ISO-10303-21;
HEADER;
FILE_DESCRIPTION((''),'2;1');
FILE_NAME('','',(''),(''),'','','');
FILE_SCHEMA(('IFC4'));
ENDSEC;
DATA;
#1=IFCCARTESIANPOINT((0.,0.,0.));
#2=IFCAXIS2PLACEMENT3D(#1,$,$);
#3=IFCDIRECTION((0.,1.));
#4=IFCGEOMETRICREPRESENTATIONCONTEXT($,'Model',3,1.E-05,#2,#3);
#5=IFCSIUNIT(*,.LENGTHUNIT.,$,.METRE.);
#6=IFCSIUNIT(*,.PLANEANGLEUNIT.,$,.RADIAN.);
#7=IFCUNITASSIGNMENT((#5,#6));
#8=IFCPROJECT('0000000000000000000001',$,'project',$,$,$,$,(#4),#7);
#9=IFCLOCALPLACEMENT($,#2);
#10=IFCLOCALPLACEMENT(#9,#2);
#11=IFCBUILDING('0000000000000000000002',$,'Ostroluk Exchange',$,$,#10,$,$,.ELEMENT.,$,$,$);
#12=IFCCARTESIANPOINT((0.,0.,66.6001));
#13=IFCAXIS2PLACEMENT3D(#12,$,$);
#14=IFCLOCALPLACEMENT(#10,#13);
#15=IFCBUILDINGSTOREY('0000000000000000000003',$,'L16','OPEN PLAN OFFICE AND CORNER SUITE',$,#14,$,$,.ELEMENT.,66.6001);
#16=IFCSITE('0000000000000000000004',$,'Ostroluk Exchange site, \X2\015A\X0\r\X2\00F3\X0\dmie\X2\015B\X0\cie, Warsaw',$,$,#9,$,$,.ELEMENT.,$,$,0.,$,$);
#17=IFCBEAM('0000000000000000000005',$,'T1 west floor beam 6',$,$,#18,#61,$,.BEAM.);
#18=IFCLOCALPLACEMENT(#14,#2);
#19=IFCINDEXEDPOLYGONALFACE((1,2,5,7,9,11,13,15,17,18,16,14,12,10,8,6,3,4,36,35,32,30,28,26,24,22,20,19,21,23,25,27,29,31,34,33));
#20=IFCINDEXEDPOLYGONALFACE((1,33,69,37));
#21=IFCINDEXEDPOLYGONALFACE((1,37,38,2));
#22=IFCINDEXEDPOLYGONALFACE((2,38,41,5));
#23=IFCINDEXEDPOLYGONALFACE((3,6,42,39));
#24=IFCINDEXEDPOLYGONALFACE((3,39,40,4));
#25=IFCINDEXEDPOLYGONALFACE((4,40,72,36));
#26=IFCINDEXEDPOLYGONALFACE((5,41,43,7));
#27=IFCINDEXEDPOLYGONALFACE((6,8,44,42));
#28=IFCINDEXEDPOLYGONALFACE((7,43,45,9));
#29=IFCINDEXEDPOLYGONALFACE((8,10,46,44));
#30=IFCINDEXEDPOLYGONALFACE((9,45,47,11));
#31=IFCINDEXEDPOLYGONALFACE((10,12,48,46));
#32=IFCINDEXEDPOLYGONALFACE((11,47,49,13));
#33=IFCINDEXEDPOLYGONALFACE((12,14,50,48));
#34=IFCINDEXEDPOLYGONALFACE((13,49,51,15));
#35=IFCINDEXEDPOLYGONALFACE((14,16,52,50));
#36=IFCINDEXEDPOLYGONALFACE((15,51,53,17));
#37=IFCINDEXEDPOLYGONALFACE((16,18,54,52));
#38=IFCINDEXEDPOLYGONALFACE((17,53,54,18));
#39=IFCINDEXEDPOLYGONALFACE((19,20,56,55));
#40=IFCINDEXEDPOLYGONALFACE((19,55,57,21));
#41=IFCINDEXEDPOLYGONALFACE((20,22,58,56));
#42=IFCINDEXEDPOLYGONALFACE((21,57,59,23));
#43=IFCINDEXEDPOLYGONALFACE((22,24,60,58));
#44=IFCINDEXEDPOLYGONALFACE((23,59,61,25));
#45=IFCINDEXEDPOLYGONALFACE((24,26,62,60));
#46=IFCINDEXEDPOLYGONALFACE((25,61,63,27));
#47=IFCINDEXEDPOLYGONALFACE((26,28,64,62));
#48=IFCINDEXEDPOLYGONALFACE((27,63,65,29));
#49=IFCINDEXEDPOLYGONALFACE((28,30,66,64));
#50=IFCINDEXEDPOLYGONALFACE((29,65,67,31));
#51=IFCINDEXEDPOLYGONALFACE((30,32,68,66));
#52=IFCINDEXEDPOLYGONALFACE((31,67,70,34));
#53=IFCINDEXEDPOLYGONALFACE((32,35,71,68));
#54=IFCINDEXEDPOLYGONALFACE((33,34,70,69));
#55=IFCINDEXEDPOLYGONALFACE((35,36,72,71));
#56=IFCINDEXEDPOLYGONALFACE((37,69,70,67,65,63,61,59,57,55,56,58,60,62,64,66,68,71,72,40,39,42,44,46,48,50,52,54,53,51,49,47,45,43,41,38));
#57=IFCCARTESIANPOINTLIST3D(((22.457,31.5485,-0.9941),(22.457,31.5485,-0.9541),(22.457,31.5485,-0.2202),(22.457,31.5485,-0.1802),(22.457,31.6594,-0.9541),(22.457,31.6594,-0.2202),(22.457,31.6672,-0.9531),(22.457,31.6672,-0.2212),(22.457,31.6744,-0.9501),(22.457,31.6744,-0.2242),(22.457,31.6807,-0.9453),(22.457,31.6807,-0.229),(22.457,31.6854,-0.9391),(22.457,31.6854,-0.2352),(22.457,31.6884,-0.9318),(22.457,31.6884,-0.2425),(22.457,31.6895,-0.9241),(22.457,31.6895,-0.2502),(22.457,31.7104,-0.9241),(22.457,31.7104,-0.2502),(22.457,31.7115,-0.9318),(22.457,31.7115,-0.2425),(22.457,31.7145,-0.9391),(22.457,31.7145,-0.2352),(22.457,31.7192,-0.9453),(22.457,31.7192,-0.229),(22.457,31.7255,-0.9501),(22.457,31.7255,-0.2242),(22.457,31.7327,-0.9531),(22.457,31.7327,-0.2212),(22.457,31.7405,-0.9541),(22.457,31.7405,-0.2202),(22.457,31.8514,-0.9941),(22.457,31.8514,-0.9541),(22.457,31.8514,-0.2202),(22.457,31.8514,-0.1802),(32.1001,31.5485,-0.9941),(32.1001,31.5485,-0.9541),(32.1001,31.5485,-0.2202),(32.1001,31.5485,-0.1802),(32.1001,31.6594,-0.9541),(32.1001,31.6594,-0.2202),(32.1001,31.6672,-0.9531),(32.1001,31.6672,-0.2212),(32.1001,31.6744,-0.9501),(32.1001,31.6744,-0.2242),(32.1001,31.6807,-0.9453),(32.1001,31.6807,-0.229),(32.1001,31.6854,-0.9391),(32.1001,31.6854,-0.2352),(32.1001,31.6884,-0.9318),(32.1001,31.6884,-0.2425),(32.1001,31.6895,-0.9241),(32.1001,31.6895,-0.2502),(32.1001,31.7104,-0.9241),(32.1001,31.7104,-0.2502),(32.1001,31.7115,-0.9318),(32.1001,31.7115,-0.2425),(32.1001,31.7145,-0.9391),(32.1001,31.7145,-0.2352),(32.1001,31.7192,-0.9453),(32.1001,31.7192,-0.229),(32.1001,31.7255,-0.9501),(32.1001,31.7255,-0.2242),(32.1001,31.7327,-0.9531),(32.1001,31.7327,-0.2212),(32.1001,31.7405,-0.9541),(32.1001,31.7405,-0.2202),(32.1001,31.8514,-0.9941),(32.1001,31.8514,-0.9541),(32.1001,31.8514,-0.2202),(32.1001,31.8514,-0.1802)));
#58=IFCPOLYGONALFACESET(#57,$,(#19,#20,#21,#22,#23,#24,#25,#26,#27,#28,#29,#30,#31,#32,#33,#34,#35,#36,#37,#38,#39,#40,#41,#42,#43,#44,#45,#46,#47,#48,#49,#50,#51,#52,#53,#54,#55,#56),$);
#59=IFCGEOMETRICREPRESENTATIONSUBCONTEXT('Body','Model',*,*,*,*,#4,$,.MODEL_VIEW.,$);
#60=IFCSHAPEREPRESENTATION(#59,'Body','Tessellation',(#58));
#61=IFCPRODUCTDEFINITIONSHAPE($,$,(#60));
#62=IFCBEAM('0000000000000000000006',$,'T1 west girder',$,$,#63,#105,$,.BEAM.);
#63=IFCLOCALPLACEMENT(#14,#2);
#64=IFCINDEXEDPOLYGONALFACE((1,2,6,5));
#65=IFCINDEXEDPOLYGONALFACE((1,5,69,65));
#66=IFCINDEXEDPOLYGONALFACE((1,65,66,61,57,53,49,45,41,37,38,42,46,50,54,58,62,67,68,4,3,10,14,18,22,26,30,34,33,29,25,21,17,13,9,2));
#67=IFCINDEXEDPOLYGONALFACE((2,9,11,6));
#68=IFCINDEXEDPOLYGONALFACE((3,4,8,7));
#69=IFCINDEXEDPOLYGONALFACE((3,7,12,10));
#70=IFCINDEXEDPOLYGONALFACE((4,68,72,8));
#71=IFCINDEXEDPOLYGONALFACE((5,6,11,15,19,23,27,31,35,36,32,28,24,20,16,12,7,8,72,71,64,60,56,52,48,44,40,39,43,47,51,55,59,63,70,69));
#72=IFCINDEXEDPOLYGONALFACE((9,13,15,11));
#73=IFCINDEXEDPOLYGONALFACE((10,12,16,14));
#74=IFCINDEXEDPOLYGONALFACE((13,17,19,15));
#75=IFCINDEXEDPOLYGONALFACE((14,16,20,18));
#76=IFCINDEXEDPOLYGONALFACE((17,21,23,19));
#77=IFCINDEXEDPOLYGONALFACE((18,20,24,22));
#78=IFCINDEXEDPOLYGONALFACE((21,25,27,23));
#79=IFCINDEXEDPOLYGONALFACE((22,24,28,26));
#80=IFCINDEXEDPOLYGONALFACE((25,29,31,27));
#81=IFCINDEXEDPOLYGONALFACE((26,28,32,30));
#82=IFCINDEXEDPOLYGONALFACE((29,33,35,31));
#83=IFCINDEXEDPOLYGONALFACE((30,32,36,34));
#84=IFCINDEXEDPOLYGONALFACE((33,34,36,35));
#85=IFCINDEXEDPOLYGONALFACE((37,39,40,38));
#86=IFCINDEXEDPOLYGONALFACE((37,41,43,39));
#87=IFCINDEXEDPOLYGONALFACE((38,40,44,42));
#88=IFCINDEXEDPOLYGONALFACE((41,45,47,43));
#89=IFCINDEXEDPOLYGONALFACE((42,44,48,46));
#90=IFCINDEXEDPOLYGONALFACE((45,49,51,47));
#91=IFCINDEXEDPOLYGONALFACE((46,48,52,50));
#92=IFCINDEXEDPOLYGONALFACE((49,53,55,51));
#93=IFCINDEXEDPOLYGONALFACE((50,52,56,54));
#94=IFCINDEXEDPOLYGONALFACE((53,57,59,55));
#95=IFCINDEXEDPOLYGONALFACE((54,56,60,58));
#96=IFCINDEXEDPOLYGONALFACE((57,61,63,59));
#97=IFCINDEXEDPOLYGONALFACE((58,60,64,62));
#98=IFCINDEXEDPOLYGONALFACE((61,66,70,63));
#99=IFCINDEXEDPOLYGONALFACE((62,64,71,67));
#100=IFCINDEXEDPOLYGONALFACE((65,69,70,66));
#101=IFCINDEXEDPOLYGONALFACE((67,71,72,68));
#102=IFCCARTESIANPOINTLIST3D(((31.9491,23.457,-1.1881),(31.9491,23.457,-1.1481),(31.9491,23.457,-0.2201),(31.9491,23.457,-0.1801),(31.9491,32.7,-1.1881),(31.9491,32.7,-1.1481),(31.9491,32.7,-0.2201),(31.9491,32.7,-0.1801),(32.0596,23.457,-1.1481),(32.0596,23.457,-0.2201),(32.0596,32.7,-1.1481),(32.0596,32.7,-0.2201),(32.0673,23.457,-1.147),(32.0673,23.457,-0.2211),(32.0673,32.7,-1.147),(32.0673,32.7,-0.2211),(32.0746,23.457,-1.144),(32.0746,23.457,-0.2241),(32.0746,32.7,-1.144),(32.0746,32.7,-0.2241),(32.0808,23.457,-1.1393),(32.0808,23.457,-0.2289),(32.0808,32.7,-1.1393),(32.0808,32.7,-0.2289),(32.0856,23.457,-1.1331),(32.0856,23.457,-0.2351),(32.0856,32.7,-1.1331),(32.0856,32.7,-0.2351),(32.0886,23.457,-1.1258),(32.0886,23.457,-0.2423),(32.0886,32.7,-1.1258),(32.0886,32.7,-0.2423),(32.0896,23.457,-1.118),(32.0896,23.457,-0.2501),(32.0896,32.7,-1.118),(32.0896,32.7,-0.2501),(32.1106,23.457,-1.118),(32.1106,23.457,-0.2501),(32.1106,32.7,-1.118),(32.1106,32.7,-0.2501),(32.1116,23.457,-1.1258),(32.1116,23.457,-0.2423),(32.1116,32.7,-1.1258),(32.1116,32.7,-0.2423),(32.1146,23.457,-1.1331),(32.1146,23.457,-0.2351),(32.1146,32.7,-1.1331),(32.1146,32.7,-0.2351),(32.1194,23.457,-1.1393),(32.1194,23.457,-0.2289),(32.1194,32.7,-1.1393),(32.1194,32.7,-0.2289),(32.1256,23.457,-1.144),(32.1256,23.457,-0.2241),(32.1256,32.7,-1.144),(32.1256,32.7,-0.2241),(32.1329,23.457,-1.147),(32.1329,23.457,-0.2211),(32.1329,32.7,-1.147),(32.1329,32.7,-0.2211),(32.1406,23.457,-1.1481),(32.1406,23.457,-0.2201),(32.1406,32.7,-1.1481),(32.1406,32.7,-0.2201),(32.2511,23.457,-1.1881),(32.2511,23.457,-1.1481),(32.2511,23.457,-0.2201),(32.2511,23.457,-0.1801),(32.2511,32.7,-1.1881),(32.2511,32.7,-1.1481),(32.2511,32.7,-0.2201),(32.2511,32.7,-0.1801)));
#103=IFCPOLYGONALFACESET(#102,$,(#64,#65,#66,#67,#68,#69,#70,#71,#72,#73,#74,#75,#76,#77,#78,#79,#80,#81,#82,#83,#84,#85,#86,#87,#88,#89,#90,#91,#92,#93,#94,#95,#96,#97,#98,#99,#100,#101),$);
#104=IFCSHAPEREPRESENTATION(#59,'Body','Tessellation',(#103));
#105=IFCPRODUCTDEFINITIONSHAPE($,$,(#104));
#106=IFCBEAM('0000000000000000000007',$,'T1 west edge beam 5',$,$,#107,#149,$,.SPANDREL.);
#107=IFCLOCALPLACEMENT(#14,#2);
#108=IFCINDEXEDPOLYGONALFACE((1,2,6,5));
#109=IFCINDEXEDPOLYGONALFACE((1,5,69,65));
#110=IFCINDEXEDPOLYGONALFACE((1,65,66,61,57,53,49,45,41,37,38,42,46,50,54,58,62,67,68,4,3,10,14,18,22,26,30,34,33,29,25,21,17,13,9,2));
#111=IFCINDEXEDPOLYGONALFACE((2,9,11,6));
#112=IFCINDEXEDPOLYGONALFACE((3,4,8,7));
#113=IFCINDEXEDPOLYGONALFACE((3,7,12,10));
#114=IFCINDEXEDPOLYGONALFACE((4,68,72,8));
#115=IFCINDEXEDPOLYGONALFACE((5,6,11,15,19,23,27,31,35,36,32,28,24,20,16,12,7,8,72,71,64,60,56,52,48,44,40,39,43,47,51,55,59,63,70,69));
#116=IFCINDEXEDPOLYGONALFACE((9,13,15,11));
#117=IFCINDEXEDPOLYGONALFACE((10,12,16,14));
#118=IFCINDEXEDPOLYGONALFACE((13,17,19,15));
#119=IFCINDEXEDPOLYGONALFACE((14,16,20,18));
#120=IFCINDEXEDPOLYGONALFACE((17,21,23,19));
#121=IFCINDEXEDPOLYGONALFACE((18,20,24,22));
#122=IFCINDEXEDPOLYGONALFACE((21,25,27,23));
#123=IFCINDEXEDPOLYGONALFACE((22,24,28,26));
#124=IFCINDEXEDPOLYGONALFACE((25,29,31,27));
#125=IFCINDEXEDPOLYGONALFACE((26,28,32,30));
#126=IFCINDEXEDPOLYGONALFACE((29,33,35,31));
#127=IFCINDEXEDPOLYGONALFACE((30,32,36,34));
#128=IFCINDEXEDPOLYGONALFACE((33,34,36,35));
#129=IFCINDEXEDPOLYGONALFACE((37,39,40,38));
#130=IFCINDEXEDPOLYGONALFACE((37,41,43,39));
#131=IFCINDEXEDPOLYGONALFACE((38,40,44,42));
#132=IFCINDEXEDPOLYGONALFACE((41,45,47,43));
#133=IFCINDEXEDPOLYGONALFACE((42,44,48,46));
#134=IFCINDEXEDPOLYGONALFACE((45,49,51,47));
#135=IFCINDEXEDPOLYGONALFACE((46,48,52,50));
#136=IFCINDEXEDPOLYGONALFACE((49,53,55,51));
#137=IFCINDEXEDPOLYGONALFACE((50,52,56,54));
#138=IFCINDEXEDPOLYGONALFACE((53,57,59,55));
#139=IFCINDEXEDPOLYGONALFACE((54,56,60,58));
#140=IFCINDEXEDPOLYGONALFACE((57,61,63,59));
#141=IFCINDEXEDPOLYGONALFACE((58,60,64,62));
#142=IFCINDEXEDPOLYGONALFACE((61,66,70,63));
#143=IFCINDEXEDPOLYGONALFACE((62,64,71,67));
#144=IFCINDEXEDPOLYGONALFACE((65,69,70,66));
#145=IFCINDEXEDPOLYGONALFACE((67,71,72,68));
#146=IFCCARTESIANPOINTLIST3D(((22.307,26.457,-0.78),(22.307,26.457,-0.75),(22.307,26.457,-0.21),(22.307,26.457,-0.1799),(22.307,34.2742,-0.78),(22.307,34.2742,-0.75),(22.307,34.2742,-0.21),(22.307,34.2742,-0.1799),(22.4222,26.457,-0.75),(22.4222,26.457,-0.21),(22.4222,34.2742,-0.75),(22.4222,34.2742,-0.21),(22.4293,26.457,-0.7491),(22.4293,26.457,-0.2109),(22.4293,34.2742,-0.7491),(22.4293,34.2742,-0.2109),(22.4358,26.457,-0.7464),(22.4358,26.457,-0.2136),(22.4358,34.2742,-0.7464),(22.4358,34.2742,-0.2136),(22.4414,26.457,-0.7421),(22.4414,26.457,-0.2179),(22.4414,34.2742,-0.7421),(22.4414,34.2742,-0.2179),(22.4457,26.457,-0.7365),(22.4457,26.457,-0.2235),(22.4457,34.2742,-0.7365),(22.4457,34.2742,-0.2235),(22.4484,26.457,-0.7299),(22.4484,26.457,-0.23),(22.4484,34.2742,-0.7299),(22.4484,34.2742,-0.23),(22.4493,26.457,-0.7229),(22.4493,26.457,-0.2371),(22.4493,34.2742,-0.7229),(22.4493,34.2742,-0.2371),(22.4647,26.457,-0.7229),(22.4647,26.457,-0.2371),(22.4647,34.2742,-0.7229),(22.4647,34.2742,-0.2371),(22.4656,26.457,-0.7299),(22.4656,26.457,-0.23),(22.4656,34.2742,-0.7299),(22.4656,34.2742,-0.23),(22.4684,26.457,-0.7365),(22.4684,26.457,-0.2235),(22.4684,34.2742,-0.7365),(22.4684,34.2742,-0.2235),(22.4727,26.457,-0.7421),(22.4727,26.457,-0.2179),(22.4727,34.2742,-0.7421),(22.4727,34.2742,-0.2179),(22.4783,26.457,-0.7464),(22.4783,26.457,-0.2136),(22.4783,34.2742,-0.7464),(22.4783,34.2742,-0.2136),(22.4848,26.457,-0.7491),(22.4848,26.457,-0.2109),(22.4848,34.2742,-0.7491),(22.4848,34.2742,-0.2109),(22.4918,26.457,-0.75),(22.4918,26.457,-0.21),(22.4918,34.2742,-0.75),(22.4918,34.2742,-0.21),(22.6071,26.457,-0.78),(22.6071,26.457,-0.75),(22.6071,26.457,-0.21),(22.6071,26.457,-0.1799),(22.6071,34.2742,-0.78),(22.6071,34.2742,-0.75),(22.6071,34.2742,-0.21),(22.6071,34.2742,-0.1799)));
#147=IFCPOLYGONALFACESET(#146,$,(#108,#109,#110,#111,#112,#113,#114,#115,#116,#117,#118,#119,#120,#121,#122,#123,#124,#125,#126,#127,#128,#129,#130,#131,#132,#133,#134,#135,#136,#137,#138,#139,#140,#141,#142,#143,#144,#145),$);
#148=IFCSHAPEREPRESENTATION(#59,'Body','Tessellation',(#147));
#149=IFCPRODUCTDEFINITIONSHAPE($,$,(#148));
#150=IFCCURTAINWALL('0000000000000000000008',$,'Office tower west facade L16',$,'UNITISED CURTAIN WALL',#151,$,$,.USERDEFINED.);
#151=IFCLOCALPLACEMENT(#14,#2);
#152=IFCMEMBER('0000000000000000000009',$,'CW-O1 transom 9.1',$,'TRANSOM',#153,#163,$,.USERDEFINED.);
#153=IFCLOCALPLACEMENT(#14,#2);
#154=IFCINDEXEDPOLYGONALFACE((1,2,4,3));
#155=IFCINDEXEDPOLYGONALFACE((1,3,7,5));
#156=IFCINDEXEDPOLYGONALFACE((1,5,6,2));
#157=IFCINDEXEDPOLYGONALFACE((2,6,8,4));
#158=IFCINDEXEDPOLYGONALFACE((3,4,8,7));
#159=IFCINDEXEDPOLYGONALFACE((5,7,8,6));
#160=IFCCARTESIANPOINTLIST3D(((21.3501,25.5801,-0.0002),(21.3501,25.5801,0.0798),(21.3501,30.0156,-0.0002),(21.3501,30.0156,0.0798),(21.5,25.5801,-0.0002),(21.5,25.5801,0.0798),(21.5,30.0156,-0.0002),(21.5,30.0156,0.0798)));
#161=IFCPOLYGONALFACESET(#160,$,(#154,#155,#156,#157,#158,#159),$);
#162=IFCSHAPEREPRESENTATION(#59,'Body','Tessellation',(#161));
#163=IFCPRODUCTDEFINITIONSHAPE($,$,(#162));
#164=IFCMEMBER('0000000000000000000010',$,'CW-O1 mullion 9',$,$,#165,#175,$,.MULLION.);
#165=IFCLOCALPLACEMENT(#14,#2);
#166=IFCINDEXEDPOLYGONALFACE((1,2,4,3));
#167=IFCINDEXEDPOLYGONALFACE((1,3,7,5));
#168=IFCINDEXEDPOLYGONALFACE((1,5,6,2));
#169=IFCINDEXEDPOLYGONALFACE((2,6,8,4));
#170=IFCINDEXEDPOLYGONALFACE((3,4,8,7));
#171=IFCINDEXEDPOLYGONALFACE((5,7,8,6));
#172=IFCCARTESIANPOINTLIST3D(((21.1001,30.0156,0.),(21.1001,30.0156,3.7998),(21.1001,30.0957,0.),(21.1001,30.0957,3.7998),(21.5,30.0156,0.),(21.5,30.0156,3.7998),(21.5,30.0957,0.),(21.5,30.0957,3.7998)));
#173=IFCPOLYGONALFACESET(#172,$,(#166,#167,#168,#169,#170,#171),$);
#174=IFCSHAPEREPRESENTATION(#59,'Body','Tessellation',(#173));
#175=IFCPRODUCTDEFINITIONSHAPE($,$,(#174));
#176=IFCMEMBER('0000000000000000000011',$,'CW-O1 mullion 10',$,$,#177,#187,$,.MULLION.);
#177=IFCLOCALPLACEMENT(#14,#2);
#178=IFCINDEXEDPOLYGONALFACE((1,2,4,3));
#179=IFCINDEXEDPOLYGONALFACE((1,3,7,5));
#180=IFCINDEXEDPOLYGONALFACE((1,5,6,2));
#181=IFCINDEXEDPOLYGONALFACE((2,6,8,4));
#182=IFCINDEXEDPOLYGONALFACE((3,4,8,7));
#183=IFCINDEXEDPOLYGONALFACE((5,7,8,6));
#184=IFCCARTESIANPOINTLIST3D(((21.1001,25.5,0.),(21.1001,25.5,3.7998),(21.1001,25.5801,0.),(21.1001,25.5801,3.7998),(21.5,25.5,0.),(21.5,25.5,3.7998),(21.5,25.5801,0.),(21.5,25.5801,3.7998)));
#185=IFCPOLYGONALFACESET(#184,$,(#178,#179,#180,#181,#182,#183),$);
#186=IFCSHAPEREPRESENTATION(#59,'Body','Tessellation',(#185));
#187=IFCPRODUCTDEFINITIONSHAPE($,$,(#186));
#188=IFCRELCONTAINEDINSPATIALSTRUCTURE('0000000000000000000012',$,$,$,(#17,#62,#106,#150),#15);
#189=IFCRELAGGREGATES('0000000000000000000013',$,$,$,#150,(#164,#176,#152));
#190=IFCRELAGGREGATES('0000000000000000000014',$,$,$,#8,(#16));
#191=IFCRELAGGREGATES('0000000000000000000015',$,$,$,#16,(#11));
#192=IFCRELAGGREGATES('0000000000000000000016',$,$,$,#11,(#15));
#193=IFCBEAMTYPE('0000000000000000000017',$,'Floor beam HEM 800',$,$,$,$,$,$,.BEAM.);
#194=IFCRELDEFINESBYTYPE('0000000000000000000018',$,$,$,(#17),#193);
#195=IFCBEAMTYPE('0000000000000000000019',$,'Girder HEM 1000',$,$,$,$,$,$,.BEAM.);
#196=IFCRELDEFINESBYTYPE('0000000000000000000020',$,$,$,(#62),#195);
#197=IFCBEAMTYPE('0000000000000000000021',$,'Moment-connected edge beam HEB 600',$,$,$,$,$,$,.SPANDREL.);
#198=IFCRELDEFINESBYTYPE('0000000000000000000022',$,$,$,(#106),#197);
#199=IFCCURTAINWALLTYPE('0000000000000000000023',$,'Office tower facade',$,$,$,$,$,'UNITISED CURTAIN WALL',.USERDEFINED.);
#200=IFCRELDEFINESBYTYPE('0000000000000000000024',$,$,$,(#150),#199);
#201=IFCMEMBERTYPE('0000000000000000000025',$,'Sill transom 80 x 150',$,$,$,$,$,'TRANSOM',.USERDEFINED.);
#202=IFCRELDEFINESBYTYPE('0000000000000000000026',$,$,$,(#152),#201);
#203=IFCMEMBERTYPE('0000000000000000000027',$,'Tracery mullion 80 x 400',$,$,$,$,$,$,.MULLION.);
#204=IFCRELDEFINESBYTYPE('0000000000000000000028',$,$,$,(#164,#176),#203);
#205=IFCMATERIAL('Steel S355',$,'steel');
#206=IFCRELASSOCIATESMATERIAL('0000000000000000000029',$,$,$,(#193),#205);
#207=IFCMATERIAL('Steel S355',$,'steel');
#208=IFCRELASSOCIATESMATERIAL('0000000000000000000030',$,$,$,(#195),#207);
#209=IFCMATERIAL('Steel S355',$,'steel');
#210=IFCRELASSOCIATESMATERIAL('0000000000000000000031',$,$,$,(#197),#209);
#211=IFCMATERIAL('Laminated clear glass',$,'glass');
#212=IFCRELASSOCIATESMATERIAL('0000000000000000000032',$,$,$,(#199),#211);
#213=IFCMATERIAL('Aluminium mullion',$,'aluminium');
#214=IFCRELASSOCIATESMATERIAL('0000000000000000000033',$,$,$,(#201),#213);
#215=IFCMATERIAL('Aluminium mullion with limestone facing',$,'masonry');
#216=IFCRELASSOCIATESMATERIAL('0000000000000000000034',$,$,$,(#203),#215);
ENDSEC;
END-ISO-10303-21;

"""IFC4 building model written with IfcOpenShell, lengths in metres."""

from ifc_helpers import new_model, si_unit, direction, frame, origin, origin_2d, place, context, subcontext, project, spatial, rectangle, i_section, extrude, material, material_profile, profile_set, type_object, element, aggregate, save


model = new_model("IFC4")

# Units and contexts
model_context = context("Model", 3, precision=1e-05, world=origin(), true_north=direction((0.0, 1.0)))
body_context = subcontext(model_context, "Body", "Model", "MODEL_VIEW")
ifc_project = project(units=[si_unit("LENGTHUNIT", "METRE"), si_unit("PLANEANGLEUNIT", "RADIAN")], contexts=[model_context])

# Site, building, storey
site_placement = place(None, origin())
site = spatial("IfcSite", under=ifc_project, at=site_placement, Name="Ostroluk Exchange site, Śródmieście, Warsaw", CompositionType="ELEMENT", RefElevation=0.0)
building_placement = place(site_placement, origin())
building = spatial("IfcBuilding", under=site, at=building_placement, Name="Ostroluk Exchange", CompositionType="ELEMENT")
storey_placement = place(building_placement, frame((0.0, 0.0, 66.6001)))
storey = spatial("IfcBuildingStorey", under=building, at=storey_placement, Name="L16", Description="OPEN PLAN OFFICE AND CORNER SUITE", CompositionType="ELEMENT", Elevation=66.6001)

# Beams
ifc_material_1 = material(Name="Steel S355", Category="steel")
ifc_material_profile_1 = material_profile(ifc_material_1, i_section(OverallWidth=0.303, OverallDepth=0.814, WebThickness=0.021, FlangeThickness=0.04, FilletRadius=0.03, at=origin_2d()), Name="HEM 800")
ifc_profile_set_1 = profile_set([ifc_material_profile_1], Name="Steel S355")
beam_type_1 = type_object("IfcBeamType", Name="Floor beam HEM 800", PredefinedType="BEAM", material=ifc_profile_set_1)
beam_1_placement = place(storey_placement, frame((32.1001, 31.7, -0.5872), z_axis=(-1.0, 0.0, 0.0), x_axis=(0.0, -1.0, 0.0)))
element("IfcBeam", 1, at=beam_1_placement, inside=storey, type_object=beam_type_1, Name="T1 west floor beam 6", PredefinedType="BEAM", context=body_context, shape_type="SweptSolid", body=[
    extrude(i_section(OverallWidth=0.303, OverallDepth=0.814, WebThickness=0.021, FlangeThickness=0.04, FilletRadius=0.03, at=origin_2d()), origin(), (0.0, 0.0, 1.0), 9.6431),
])
ifc_material_2 = material(Name="Steel S355", Category="steel")
ifc_material_profile_2 = material_profile(ifc_material_2, i_section(OverallWidth=0.302, OverallDepth=1.0081, WebThickness=0.021, FlangeThickness=0.04, FilletRadius=0.03, at=origin_2d()), Name="HEM 1000")
ifc_profile_set_2 = profile_set([ifc_material_profile_2], Name="Steel S355")
beam_type_2 = type_object("IfcBeamType", Name="Girder HEM 1000", PredefinedType="BEAM", material=ifc_profile_set_2)
beam_2_placement = place(storey_placement, frame((32.1001, 32.7, -0.6841), z_axis=(0.0, -1.0, 0.0), x_axis=(1.0, 0.0, 0.0)))
element("IfcBeam", 2, at=beam_2_placement, inside=storey, type_object=beam_type_2, Name="T1 west girder", PredefinedType="BEAM", context=body_context, shape_type="SweptSolid", body=[
    extrude(i_section(OverallWidth=0.302, OverallDepth=1.0081, WebThickness=0.021, FlangeThickness=0.04, FilletRadius=0.03, at=origin_2d()), origin(), (0.0, 0.0, 1.0), 9.2429),
])
ifc_material_3 = material(Name="Steel S355", Category="steel")
ifc_material_profile_3 = material_profile(ifc_material_3, i_section(OverallWidth=0.3, OverallDepth=0.6001, WebThickness=0.0154, FlangeThickness=0.03, FilletRadius=0.0271, at=origin_2d()), Name="HEB 600")
ifc_profile_set_3 = profile_set([ifc_material_profile_3], Name="Steel S355")
beam_type_3 = type_object("IfcBeamType", Name="Moment-connected edge beam HEB 600", PredefinedType="SPANDREL", material=ifc_profile_set_3)
beam_3_placement = place(storey_placement, frame((22.457, 34.2742, -0.48), z_axis=(0.0, -1.0, 0.0), x_axis=(1.0, 0.0, 0.0)))
element("IfcBeam", 3, at=beam_3_placement, inside=storey, type_object=beam_type_3, Name="T1 west edge beam 5", PredefinedType="SPANDREL", context=body_context, shape_type="SweptSolid", body=[
    extrude(i_section(OverallWidth=0.3, OverallDepth=0.6001, WebThickness=0.0154, FlangeThickness=0.03, FilletRadius=0.0271, at=origin_2d()), origin(), (0.0, 0.0, 1.0), 7.8171),
])

# Curtain wall, members
ifc_material_4 = material(Name="Laminated clear glass", Category="glass")
curtain_wall_type = type_object("IfcCurtainWallType", Name="Office tower facade", ElementType="UNITISED CURTAIN WALL", PredefinedType="USERDEFINED", material=ifc_material_4)
curtain_wall_placement = place(storey_placement, origin())
curtain_wall = element("IfcCurtainWall", 4, at=curtain_wall_placement, inside=storey, type_object=curtain_wall_type, Name="Office tower west facade L16", ObjectType="UNITISED CURTAIN WALL", PredefinedType="USERDEFINED")
ifc_material_5 = material(Name="Aluminium mullion", Category="aluminium")
ifc_material_profile_4 = material_profile(ifc_material_5, rectangle(XDim=0.1499, YDim=0.0801, at=origin_2d()), Name="Sill transom 80 x 150")
ifc_profile_set_4 = profile_set([ifc_material_profile_4], Name="Aluminium mullion")
member_type_1 = type_object("IfcMemberType", Name="Sill transom 80 x 150", ElementType="TRANSOM", PredefinedType="USERDEFINED", material=ifc_profile_set_4)
member_1_placement = place(storey_placement, frame((21.425, 30.0156, 0.0398), z_axis=(0.0, -1.0, 0.0), x_axis=(1.0, 0.0, 0.0)))
member_1 = element("IfcMember", 5, at=member_1_placement, type_object=member_type_1, Name="CW-O1 transom 9.1", ObjectType="TRANSOM", PredefinedType="USERDEFINED", context=body_context, shape_type="SweptSolid", body=[
    extrude(rectangle(XDim=0.1499, YDim=0.0801, at=origin_2d()), origin(), (0.0, 0.0, 1.0), 4.4355),
])
ifc_material_6 = material(Name="Aluminium mullion with limestone facing", Category="masonry")
ifc_material_profile_5 = material_profile(ifc_material_6, rectangle(XDim=0.3999, YDim=0.0801, at=origin_2d()), Name="Tracery mullion 80 x 400")
ifc_profile_set_5 = profile_set([ifc_material_profile_5], Name="Aluminium mullion with limestone facing")
member_type_2 = type_object("IfcMemberType", Name="Tracery mullion 80 x 400", PredefinedType="MULLION", material=ifc_profile_set_5)
member_2_placement = place(storey_placement, frame((21.3, 30.0557, 0.0), z_axis=(0.0, 0.0, 1.0), x_axis=(1.0, 0.0, 0.0)))
member_2 = element("IfcMember", 6, at=member_2_placement, type_object=member_type_2, Name="CW-O1 mullion 9", PredefinedType="MULLION", context=body_context, shape_type="SweptSolid", body=[
    extrude(rectangle(XDim=0.3999, YDim=0.0801, at=origin_2d()), origin(), (0.0, 0.0, 1.0), 3.7998),
])
member_3_placement = place(storey_placement, frame((21.3, 25.54, 0.0), z_axis=(0.0, 0.0, 1.0), x_axis=(1.0, 0.0, 0.0)))
member_3 = element("IfcMember", 7, at=member_3_placement, type_object=member_type_2, Name="CW-O1 mullion 10", PredefinedType="MULLION", context=body_context, shape_type="SweptSolid", body=[
    extrude(rectangle(XDim=0.3999, YDim=0.0801, at=origin_2d()), origin(), (0.0, 0.0, 1.0), 3.7998),
])
aggregate(curtain_wall, [member_2, member_3, member_1])

save(model, "model.ifc")
